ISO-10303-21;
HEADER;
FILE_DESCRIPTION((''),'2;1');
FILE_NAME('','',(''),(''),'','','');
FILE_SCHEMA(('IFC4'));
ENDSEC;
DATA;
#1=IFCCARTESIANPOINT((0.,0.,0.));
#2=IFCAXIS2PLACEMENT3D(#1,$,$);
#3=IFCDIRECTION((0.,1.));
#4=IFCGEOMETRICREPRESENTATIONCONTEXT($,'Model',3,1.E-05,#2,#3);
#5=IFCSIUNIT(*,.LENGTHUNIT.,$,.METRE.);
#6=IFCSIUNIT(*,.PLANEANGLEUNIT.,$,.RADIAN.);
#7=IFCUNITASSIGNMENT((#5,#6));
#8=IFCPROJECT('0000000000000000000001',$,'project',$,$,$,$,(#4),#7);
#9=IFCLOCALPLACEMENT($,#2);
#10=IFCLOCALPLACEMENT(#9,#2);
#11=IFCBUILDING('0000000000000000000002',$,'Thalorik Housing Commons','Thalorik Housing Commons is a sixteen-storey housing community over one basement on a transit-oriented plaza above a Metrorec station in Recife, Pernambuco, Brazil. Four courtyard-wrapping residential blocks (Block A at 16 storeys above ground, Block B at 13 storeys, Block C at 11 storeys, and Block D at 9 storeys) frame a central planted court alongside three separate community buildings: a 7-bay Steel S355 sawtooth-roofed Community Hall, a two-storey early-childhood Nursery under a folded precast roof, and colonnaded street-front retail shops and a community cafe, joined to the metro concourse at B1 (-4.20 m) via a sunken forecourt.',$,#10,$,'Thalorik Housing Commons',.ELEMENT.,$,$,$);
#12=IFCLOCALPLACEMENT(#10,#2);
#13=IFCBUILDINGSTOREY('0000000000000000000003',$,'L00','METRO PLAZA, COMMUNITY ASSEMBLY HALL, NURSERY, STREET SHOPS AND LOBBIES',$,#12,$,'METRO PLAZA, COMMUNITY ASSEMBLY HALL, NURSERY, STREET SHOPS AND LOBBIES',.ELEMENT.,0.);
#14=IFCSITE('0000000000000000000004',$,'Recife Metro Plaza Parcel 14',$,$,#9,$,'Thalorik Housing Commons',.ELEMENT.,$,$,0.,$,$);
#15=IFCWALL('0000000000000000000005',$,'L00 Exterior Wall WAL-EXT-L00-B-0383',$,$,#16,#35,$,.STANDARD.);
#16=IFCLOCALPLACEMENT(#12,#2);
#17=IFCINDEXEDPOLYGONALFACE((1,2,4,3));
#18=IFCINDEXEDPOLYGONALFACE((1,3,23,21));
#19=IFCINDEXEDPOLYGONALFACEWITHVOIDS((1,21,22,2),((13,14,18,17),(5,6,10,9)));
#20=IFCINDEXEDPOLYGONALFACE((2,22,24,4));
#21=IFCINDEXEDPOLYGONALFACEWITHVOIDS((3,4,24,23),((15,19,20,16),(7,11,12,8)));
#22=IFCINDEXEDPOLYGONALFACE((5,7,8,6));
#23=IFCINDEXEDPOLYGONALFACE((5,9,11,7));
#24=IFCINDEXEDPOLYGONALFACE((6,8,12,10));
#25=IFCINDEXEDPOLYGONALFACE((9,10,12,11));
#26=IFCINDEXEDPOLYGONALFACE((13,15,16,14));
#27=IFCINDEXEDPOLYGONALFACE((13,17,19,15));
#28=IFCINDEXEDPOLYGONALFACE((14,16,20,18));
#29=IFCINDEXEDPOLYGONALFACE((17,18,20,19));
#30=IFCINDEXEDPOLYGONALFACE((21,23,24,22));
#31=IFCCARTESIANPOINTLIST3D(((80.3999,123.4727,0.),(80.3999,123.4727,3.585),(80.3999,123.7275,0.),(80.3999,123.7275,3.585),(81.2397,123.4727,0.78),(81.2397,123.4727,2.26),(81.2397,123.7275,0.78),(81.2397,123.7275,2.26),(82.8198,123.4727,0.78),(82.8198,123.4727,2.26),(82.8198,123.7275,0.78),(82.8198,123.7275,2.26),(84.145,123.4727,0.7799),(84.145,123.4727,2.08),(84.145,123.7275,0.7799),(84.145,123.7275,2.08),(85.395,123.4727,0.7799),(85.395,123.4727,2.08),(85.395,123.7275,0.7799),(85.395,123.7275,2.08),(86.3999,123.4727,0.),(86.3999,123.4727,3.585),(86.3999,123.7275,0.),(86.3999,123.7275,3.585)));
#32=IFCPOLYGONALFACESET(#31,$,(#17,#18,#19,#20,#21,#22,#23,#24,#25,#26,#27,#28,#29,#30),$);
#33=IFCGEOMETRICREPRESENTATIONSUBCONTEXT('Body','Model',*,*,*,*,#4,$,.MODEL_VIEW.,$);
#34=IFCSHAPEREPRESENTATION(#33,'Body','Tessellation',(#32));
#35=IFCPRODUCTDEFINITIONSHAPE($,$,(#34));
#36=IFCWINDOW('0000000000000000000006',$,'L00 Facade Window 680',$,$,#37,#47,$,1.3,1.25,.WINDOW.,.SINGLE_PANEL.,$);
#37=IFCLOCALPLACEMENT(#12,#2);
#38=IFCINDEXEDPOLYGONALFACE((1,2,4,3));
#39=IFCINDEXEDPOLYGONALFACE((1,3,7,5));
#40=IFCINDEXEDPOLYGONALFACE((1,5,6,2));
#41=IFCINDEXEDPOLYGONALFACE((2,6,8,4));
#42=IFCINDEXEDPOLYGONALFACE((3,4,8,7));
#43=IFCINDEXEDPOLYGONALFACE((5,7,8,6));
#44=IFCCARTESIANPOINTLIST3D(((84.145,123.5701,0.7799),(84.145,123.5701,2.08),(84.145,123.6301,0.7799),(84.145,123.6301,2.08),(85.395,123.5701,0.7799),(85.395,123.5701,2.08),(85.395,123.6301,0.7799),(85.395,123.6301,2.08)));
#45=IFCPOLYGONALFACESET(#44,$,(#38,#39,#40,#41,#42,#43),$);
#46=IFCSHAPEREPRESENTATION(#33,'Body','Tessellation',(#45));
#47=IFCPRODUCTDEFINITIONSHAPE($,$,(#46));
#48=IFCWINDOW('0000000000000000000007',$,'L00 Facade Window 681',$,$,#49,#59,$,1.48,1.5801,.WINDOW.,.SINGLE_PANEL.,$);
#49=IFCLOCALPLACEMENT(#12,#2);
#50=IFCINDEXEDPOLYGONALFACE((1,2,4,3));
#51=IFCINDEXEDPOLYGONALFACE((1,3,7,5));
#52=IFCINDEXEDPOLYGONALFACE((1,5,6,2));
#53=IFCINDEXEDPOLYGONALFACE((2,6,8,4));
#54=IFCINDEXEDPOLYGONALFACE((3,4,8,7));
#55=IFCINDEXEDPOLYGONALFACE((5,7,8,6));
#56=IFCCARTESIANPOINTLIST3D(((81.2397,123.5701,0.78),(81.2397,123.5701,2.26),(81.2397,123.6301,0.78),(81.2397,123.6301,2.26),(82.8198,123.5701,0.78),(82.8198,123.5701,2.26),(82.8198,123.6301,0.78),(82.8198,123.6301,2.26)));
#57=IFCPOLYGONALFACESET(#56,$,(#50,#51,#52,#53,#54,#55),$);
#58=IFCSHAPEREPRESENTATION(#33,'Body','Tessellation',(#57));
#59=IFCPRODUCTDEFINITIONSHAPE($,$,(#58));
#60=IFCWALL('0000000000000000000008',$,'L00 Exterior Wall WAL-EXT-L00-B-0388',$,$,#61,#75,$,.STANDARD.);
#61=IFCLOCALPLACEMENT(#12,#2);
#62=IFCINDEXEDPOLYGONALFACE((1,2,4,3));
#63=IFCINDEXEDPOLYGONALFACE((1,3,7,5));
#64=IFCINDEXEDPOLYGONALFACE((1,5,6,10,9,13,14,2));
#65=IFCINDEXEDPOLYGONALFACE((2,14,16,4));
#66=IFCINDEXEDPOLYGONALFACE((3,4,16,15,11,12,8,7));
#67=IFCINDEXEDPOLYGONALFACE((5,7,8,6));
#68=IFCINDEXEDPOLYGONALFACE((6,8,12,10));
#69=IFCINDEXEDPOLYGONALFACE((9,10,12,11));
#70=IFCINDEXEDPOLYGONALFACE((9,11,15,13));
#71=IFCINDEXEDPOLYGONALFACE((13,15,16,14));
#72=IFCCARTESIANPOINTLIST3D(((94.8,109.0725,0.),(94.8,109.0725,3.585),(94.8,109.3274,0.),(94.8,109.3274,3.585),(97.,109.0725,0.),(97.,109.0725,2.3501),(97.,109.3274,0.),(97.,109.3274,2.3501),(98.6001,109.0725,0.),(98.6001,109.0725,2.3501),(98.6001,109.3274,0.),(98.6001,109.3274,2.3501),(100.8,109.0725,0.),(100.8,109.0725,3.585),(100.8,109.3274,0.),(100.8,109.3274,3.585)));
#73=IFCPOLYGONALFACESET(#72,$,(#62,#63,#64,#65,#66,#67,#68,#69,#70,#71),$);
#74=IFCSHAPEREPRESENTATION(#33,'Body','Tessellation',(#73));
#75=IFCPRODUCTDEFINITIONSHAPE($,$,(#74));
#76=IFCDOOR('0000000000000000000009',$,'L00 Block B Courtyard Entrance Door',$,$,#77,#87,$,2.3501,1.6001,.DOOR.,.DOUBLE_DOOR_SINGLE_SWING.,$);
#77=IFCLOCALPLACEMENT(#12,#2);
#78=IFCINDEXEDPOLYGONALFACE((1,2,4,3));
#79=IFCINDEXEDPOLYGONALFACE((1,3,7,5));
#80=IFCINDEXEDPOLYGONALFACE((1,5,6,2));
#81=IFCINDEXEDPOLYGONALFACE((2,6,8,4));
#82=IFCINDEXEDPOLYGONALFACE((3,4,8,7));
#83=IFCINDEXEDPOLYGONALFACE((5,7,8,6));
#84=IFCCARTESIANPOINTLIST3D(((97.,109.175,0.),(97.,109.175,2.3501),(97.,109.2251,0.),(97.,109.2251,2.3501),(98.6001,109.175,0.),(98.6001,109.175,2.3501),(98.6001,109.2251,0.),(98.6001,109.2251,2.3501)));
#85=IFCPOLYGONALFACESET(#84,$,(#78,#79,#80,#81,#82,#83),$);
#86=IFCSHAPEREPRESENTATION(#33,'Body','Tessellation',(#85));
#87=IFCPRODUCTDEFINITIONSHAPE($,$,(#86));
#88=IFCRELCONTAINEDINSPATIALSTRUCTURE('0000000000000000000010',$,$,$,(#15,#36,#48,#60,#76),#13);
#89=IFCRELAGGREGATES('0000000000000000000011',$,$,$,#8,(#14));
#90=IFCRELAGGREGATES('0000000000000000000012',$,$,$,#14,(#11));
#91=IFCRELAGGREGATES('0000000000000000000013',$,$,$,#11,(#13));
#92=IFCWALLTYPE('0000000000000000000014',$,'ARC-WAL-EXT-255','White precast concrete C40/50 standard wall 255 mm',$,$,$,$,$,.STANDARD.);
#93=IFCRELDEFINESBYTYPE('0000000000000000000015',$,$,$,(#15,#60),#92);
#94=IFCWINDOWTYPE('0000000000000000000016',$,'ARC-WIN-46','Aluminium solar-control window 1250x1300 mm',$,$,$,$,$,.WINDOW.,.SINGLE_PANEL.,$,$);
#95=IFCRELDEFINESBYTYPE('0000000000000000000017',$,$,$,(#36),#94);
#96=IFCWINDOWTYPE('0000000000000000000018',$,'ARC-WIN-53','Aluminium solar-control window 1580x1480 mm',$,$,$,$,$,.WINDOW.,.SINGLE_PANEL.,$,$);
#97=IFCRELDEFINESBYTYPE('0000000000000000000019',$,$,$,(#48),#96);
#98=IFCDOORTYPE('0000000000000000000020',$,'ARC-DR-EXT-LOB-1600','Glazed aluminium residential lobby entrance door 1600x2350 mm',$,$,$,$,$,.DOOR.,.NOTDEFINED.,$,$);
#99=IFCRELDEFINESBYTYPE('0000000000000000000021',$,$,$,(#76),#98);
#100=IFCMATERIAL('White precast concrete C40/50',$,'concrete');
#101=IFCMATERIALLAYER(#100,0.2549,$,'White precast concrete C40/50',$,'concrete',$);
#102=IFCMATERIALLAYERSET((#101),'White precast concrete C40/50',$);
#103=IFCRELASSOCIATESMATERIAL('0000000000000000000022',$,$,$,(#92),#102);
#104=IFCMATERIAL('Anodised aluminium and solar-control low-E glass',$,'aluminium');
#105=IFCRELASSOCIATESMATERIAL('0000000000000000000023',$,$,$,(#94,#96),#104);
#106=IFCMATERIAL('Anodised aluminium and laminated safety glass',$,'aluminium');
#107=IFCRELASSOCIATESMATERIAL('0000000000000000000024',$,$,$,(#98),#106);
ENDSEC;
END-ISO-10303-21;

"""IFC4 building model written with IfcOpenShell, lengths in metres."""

from ifc_helpers import new_model, si_unit, direction, frame, frame_2d, origin, place, context, subcontext, project, spatial, rectangle, extrude, material, layer, layer_set, type_object, element, fill, save


model = new_model("IFC4")

# Units and contexts
model_context = context("Model", 3, precision=1e-05, world=origin(), true_north=direction((0.0, 1.0)))
body_context = subcontext(model_context, "Body", "Model", "MODEL_VIEW")
ifc_project = project(units=[si_unit("LENGTHUNIT", "METRE"), si_unit("PLANEANGLEUNIT", "RADIAN")], contexts=[model_context])

# Site, building, storey
site_placement = place(None, origin())
site = spatial("IfcSite", under=ifc_project, at=site_placement, Name="Recife Metro Plaza Parcel 14", LongName="Thalorik Housing Commons", CompositionType="ELEMENT", RefElevation=0.0)
building_placement = place(site_placement, origin())
building = spatial("IfcBuilding", under=site, at=building_placement, Name="Thalorik Housing Commons", Description="Thalorik Housing Commons is a sixteen-storey housing community over one basement on a transit-oriented plaza above a Metrorec station in Recife, Pernambuco, Brazil. Four courtyard-wrapping residential blocks (Block A at 16 storeys above ground, Block B at 13 storeys, Block C at 11 storeys, and Block D at 9 storeys) frame a central planted court alongside three separate community buildings: a 7-bay Steel S355 sawtooth-roofed Community Hall, a two-storey early-childhood Nursery under a folded precast roof, and colonnaded street-front retail shops and a community cafe, joined to the metro concourse at B1 (-4.20 m) via a sunken forecourt.", LongName="Thalorik Housing Commons", CompositionType="ELEMENT")
storey_placement = place(building_placement, origin())
storey = spatial("IfcBuildingStorey", under=building, at=storey_placement, Name="L00", Description="METRO PLAZA, COMMUNITY ASSEMBLY HALL, NURSERY, STREET SHOPS AND LOBBIES", LongName="METRO PLAZA, COMMUNITY ASSEMBLY HALL, NURSERY, STREET SHOPS AND LOBBIES", CompositionType="ELEMENT", Elevation=0.0)

# Wall, openings, windows
ifc_material_1 = material(Name="White precast concrete C40/50", Category="concrete")
ifc_layer = layer(ifc_material_1, 0.2549, Name="White precast concrete C40/50", Category="concrete")
ifc_layer_set = layer_set([ifc_layer], Name="White precast concrete C40/50")
wall_type = type_object("IfcWallType", Name="ARC-WAL-EXT-255", Description="White precast concrete C40/50 standard wall 255 mm", PredefinedType="STANDARD", material=ifc_layer_set)
ifc_material_2 = material(Name="Anodised aluminium and solar-control low-E glass", Category="aluminium")
wall_1_placement = place(storey_placement, frame((86.3999, 123.6001, 0.0), z_axis=(0.0, 0.0, 1.0), x_axis=(-1.0, 0.0, 0.0)))
wall_1 = element("IfcWall", 1, at=wall_1_placement, inside=storey, type_object=wall_type, Name="L00 Exterior Wall WAL-EXT-L00-B-0383", PredefinedType="STANDARD", context=body_context, shape_type="SweptSolid", body=[
    extrude(rectangle(XDim=6.0, YDim=0.2549, at=frame_2d((3.0, 0.0))), origin(), (0.0, 0.0, 1.0), 3.585),
])
opening_1_placement = place(wall_1_placement, frame((1.0049, 0.0, 0.78)))
opening_1 = element("IfcOpeningElement", 2, at=opening_1_placement, cuts=wall_1, PredefinedType="OPENING", context=body_context, shape_type="SweptSolid", body=[
    extrude(rectangle(XDim=1.25, YDim=1.3, at=frame_2d((0.625, 0.6499))), frame((0.0, 0.1375, 0.0), z_axis=(0.0, -1.0, 0.0), x_axis=(1.0, 0.0, 0.0)), (0.0, 0.0, 1.0), 0.2749),
])
opening_2_placement = place(wall_1_placement, frame((3.5801, 0.0, 0.78)))
opening_2 = element("IfcOpeningElement", 3, at=opening_2_placement, cuts=wall_1, PredefinedType="OPENING", context=body_context, shape_type="SweptSolid", body=[
    extrude(rectangle(XDim=1.5801, YDim=1.48, at=frame_2d((0.79, 0.74))), frame((0.0, 0.1375, 0.0), z_axis=(0.0, -1.0, 0.0), x_axis=(1.0, 0.0, 0.0)), (0.0, 0.0, 1.0), 0.2749),
])
window_type_1 = type_object("IfcWindowType", Name="ARC-WIN-46", Description="Aluminium solar-control window 1250x1300 mm", PartitioningType="SINGLE_PANEL", PredefinedType="WINDOW", material=ifc_material_2)
window_1_placement = place(opening_1_placement, origin())
window_1 = element("IfcWindow", 4, at=window_1_placement, inside=storey, type_object=window_type_1, Name="L00 Facade Window 680", OverallHeight=1.3, OverallWidth=1.25, PartitioningType="SINGLE_PANEL", PredefinedType="WINDOW", context=body_context, shape_type="SweptSolid", body=[
    extrude(rectangle(XDim=1.25, YDim=1.3, at=frame_2d((0.625, 0.6499))), frame((0.0, 0.03, 0.0), z_axis=(0.0, -1.0, 0.0), x_axis=(1.0, 0.0, 0.0)), (0.0, 0.0, 1.0), 0.0601),
])
fill(opening_1, window_1)
window_type_2 = type_object("IfcWindowType", Name="ARC-WIN-53", Description="Aluminium solar-control window 1580x1480 mm", PartitioningType="SINGLE_PANEL", PredefinedType="WINDOW", material=ifc_material_2)
window_2_placement = place(opening_2_placement, origin())
window_2 = element("IfcWindow", 5, at=window_2_placement, inside=storey, type_object=window_type_2, Name="L00 Facade Window 681", OverallHeight=1.48, OverallWidth=1.5801, PartitioningType="SINGLE_PANEL", PredefinedType="WINDOW", context=body_context, shape_type="SweptSolid", body=[
    extrude(rectangle(XDim=1.5801, YDim=1.48, at=frame_2d((0.79, 0.74))), frame((0.0, 0.03, 0.0), z_axis=(0.0, -1.0, 0.0), x_axis=(1.0, 0.0, 0.0)), (0.0, 0.0, 1.0), 0.0601),
])
fill(opening_2, window_2)

# Wall, opening, door
wall_2_placement = place(storey_placement, frame((94.8, 109.2, 0.0), z_axis=(0.0, 0.0, 1.0), x_axis=(1.0, 0.0, 0.0)))
wall_2 = element("IfcWall", 6, at=wall_2_placement, inside=storey, type_object=wall_type, Name="L00 Exterior Wall WAL-EXT-L00-B-0388", PredefinedType="STANDARD", context=body_context, shape_type="SweptSolid", body=[
    extrude(rectangle(XDim=6.0, YDim=0.2549, at=frame_2d((3.0, 0.0))), origin(), (0.0, 0.0, 1.0), 3.585),
])
opening_3_placement = place(wall_2_placement, frame((2.2, 0.0, 0.0)))
opening_3 = element("IfcOpeningElement", 7, at=opening_3_placement, cuts=wall_2, PredefinedType="OPENING", context=body_context, shape_type="SweptSolid", body=[
    extrude(rectangle(XDim=1.6001, YDim=2.3501, at=frame_2d((0.8, 1.175))), frame((0.0, 0.1375, 0.0), z_axis=(0.0, -1.0, 0.0), x_axis=(1.0, 0.0, 0.0)), (0.0, 0.0, 1.0), 0.2749),
])
ifc_material_3 = material(Name="Anodised aluminium and laminated safety glass", Category="aluminium")
door_type = type_object("IfcDoorType", Name="ARC-DR-EXT-LOB-1600", Description="Glazed aluminium residential lobby entrance door 1600x2350 mm", OperationType="NOTDEFINED", PredefinedType="DOOR", material=ifc_material_3)
door_placement = place(opening_3_placement, frame((1.6001, 0.0, 0.0), z_axis=(0.0, 0.0, 1.0), x_axis=(-1.0, 0.0, 0.0)))
door = element("IfcDoor", 8, at=door_placement, inside=storey, type_object=door_type, Name="L00 Block B Courtyard Entrance Door", OperationType="DOUBLE_DOOR_SINGLE_SWING", OverallHeight=2.3501, OverallWidth=1.6001, PredefinedType="DOOR", context=body_context, shape_type="SweptSolid", body=[
    extrude(rectangle(XDim=1.6001, YDim=2.3501, at=frame_2d((0.8, 1.175))), frame((0.0, 0.0249, 0.0), z_axis=(0.0, -1.0, 0.0), x_axis=(1.0, 0.0, 0.0)), (0.0, 0.0, 1.0), 0.05),
])
fill(opening_3, door)

save(model, "model.ifc")
